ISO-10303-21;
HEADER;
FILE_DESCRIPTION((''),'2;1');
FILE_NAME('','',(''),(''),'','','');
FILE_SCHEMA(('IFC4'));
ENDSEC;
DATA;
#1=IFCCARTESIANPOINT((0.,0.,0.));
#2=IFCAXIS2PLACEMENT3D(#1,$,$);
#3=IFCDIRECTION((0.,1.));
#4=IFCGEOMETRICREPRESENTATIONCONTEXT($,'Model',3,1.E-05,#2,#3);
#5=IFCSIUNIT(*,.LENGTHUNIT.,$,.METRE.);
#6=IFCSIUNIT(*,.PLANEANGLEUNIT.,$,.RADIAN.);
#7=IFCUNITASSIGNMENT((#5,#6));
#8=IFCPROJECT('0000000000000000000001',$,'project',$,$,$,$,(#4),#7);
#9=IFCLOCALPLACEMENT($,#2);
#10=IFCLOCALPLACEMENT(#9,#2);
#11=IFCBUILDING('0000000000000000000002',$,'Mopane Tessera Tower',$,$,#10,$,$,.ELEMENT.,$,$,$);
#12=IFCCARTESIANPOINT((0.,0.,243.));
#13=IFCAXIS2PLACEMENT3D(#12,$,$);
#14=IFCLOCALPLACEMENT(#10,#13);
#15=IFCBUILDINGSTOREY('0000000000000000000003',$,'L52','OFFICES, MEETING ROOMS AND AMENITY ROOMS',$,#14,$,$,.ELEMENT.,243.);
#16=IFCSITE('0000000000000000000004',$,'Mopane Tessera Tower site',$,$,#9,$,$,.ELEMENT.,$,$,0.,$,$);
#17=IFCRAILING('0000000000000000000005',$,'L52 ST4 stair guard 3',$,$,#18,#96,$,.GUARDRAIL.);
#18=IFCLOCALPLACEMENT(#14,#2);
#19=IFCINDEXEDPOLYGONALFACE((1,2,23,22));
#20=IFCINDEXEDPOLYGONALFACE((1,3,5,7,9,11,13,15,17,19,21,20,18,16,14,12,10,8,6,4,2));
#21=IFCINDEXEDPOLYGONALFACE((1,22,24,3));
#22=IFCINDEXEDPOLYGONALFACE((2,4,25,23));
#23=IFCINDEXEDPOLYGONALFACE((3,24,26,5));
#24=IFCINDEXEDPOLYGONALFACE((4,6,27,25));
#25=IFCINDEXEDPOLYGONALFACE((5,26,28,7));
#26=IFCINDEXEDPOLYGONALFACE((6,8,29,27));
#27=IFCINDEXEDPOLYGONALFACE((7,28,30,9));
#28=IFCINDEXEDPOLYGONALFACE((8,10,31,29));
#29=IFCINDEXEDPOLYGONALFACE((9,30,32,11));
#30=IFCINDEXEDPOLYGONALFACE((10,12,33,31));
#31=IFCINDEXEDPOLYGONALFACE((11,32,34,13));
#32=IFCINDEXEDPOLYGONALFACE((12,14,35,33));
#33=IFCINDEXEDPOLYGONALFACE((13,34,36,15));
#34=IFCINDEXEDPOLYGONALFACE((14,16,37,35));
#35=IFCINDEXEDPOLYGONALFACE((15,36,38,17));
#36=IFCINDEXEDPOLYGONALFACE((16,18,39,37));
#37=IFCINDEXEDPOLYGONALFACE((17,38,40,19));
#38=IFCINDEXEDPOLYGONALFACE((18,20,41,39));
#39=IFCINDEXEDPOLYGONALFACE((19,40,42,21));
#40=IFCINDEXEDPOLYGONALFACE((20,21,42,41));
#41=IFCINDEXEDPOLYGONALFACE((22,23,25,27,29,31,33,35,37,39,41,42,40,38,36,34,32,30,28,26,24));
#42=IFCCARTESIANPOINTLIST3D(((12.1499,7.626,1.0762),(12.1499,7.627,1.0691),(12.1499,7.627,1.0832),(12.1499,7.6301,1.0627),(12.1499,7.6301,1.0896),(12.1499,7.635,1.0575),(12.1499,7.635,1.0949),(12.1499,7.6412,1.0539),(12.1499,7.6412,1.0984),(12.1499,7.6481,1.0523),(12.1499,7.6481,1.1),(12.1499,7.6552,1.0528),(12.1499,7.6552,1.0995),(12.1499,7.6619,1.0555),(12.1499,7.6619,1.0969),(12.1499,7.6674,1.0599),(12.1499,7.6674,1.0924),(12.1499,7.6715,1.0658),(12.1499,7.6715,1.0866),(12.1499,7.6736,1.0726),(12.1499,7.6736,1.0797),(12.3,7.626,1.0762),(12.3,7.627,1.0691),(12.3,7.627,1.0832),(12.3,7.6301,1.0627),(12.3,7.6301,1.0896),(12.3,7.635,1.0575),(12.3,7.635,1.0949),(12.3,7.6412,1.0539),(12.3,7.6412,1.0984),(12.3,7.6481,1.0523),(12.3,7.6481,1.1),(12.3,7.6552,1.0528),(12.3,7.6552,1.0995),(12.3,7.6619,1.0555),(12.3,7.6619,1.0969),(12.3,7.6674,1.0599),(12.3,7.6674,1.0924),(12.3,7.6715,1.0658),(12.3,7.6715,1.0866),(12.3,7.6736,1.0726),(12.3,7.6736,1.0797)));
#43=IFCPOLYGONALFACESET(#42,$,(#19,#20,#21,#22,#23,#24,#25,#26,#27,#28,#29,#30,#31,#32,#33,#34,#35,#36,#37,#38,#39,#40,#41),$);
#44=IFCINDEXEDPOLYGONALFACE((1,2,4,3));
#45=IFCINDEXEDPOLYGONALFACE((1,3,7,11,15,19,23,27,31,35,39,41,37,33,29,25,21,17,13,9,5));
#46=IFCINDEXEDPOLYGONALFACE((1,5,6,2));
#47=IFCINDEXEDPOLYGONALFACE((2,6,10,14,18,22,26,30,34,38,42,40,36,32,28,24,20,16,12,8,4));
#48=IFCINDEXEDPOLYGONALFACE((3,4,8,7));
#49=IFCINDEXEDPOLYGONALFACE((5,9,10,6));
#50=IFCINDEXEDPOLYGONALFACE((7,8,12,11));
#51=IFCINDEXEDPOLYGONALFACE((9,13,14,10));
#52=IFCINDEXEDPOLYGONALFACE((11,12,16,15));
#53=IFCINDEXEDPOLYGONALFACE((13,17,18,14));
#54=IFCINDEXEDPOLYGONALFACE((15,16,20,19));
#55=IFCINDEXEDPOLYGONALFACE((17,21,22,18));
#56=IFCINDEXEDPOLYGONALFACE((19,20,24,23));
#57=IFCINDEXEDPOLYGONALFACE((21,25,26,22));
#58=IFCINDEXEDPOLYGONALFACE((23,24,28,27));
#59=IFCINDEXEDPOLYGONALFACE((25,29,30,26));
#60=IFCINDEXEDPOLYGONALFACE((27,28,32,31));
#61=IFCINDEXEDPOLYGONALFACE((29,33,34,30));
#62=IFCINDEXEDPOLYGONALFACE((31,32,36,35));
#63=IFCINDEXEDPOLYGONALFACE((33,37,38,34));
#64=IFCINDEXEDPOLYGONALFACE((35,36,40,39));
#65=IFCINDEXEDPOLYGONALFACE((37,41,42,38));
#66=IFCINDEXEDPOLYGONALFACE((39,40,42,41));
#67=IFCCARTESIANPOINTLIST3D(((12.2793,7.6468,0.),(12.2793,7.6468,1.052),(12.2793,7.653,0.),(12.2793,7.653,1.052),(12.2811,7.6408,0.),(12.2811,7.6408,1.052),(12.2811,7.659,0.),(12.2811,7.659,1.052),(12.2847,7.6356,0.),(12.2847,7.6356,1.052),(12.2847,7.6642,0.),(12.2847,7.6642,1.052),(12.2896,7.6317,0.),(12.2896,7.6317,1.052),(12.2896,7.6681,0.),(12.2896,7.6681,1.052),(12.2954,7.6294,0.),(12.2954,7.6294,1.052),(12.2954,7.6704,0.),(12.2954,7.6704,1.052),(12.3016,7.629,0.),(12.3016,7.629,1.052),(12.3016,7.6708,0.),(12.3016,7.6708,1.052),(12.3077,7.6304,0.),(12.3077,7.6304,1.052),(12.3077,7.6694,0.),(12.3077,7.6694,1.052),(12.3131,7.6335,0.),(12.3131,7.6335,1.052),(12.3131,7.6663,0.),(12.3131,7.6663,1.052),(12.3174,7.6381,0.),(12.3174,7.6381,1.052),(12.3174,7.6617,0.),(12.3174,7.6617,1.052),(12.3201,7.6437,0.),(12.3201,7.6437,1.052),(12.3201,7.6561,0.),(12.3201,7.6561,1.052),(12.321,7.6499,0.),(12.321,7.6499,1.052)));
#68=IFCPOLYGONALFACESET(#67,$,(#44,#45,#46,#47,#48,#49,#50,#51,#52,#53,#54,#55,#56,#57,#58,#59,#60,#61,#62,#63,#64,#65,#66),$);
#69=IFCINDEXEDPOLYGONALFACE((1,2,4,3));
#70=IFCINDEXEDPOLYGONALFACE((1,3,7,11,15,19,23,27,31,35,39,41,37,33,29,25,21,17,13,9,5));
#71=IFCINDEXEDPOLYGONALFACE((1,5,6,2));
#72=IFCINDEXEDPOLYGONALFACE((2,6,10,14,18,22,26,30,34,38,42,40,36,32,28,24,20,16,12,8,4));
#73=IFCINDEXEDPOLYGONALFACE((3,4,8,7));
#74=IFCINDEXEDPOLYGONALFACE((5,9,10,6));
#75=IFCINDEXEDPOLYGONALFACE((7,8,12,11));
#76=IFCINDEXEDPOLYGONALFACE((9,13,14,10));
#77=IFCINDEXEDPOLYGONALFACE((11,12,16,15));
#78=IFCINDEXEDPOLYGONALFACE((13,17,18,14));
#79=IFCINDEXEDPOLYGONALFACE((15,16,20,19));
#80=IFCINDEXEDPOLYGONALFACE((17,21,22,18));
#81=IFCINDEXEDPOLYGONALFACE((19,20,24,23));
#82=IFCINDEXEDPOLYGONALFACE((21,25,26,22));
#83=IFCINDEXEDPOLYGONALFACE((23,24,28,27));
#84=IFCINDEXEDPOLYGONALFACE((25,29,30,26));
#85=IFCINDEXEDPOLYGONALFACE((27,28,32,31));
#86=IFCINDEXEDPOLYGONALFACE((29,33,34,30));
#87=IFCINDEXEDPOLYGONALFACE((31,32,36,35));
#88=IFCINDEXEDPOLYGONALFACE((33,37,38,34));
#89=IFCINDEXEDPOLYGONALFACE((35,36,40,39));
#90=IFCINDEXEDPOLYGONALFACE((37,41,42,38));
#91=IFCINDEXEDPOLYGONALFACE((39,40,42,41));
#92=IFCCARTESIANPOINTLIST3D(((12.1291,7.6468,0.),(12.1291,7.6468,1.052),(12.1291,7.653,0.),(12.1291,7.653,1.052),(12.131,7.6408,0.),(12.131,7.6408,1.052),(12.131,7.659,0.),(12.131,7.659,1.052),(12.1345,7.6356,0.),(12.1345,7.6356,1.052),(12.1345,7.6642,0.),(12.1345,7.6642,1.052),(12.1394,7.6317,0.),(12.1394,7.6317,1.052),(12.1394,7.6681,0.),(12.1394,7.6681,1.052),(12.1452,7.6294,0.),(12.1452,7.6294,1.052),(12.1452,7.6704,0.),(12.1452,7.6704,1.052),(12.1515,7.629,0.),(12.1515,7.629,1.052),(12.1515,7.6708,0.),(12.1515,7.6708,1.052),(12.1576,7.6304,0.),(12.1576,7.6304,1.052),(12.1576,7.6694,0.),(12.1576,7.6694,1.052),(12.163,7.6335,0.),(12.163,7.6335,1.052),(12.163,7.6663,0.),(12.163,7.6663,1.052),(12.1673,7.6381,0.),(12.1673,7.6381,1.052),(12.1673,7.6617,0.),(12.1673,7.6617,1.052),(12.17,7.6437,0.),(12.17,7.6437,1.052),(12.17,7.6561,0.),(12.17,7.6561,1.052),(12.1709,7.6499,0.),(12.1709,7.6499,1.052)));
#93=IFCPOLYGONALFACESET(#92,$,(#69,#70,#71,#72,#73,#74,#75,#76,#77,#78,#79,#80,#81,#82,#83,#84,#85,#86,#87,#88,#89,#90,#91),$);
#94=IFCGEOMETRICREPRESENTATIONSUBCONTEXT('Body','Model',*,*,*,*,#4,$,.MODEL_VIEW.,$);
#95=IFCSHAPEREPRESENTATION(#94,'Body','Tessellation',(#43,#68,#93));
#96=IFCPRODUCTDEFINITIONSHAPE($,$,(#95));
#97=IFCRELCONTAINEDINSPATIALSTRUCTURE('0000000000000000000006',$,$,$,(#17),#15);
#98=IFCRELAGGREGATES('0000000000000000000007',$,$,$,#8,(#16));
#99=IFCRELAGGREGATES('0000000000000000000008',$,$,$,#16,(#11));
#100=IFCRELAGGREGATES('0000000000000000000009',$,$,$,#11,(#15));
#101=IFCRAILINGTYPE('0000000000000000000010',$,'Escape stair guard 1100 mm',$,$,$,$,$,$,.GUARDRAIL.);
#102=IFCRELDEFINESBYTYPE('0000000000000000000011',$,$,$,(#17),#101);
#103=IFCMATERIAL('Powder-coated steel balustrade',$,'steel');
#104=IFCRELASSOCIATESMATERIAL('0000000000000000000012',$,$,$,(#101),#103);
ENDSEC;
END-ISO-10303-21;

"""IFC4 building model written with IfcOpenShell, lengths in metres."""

from ifc_helpers import new_model, si_unit, direction, frame, origin, origin_2d, place, context, subcontext, project, spatial, circle, extrude, material, type_object, element, save


model = new_model("IFC4")

# Units and contexts
model_context = context("Model", 3, precision=1e-05, world=origin(), true_north=direction((0.0, 1.0)))
body_context = subcontext(model_context, "Body", "Model", "MODEL_VIEW")
ifc_project = project(units=[si_unit("LENGTHUNIT", "METRE"), si_unit("PLANEANGLEUNIT", "RADIAN")], contexts=[model_context])

# Site, building, storey
site_placement = place(None, origin())
site = spatial("IfcSite", under=ifc_project, at=site_placement, Name="Mopane Tessera Tower site", CompositionType="ELEMENT", RefElevation=0.0)
building_placement = place(site_placement, origin())
building = spatial("IfcBuilding", under=site, at=building_placement, Name="Mopane Tessera Tower", CompositionType="ELEMENT")
storey_placement = place(building_placement, frame((0.0, 0.0, 243.0)))
storey = spatial("IfcBuildingStorey", under=building, at=storey_placement, Name="L52", Description="OFFICES, MEETING ROOMS AND AMENITY ROOMS", CompositionType="ELEMENT", Elevation=243.0)

# Railing
ifc_material_1 = material(Name="Powder-coated steel balustrade", Category="steel")
railing_type_1 = type_object("IfcRailingType", Name="Escape stair guard 1100 mm", PredefinedType="GUARDRAIL", material=ifc_material_1)
railing_1_placement = place(storey_placement, frame((12.3, 7.6499, 0.0)))
element("IfcRailing", 1, at=railing_1_placement, inside=storey, type_object=railing_type_1, Name="L52 ST4 stair guard 3", PredefinedType="GUARDRAIL", context=body_context, shape_type="SweptSolid", body=[
    extrude(circle(Radius=0.0239, at=origin_2d()), frame((0.0, 0.0, 1.0762), z_axis=(-1.0, 0.0, 0.0), x_axis=(0.0, -1.0, 0.0)), (0.0, 0.0, 1.0), 0.1501),
    extrude(circle(Radius=0.021, at=origin_2d()), origin(), (0.0, 0.0, 1.0), 1.052),
    extrude(circle(Radius=0.021, at=origin_2d()), frame((-0.1501, 0.0, 0.0)), (0.0, 0.0, 1.0), 1.052),
])

save(model, "model.ifc")
